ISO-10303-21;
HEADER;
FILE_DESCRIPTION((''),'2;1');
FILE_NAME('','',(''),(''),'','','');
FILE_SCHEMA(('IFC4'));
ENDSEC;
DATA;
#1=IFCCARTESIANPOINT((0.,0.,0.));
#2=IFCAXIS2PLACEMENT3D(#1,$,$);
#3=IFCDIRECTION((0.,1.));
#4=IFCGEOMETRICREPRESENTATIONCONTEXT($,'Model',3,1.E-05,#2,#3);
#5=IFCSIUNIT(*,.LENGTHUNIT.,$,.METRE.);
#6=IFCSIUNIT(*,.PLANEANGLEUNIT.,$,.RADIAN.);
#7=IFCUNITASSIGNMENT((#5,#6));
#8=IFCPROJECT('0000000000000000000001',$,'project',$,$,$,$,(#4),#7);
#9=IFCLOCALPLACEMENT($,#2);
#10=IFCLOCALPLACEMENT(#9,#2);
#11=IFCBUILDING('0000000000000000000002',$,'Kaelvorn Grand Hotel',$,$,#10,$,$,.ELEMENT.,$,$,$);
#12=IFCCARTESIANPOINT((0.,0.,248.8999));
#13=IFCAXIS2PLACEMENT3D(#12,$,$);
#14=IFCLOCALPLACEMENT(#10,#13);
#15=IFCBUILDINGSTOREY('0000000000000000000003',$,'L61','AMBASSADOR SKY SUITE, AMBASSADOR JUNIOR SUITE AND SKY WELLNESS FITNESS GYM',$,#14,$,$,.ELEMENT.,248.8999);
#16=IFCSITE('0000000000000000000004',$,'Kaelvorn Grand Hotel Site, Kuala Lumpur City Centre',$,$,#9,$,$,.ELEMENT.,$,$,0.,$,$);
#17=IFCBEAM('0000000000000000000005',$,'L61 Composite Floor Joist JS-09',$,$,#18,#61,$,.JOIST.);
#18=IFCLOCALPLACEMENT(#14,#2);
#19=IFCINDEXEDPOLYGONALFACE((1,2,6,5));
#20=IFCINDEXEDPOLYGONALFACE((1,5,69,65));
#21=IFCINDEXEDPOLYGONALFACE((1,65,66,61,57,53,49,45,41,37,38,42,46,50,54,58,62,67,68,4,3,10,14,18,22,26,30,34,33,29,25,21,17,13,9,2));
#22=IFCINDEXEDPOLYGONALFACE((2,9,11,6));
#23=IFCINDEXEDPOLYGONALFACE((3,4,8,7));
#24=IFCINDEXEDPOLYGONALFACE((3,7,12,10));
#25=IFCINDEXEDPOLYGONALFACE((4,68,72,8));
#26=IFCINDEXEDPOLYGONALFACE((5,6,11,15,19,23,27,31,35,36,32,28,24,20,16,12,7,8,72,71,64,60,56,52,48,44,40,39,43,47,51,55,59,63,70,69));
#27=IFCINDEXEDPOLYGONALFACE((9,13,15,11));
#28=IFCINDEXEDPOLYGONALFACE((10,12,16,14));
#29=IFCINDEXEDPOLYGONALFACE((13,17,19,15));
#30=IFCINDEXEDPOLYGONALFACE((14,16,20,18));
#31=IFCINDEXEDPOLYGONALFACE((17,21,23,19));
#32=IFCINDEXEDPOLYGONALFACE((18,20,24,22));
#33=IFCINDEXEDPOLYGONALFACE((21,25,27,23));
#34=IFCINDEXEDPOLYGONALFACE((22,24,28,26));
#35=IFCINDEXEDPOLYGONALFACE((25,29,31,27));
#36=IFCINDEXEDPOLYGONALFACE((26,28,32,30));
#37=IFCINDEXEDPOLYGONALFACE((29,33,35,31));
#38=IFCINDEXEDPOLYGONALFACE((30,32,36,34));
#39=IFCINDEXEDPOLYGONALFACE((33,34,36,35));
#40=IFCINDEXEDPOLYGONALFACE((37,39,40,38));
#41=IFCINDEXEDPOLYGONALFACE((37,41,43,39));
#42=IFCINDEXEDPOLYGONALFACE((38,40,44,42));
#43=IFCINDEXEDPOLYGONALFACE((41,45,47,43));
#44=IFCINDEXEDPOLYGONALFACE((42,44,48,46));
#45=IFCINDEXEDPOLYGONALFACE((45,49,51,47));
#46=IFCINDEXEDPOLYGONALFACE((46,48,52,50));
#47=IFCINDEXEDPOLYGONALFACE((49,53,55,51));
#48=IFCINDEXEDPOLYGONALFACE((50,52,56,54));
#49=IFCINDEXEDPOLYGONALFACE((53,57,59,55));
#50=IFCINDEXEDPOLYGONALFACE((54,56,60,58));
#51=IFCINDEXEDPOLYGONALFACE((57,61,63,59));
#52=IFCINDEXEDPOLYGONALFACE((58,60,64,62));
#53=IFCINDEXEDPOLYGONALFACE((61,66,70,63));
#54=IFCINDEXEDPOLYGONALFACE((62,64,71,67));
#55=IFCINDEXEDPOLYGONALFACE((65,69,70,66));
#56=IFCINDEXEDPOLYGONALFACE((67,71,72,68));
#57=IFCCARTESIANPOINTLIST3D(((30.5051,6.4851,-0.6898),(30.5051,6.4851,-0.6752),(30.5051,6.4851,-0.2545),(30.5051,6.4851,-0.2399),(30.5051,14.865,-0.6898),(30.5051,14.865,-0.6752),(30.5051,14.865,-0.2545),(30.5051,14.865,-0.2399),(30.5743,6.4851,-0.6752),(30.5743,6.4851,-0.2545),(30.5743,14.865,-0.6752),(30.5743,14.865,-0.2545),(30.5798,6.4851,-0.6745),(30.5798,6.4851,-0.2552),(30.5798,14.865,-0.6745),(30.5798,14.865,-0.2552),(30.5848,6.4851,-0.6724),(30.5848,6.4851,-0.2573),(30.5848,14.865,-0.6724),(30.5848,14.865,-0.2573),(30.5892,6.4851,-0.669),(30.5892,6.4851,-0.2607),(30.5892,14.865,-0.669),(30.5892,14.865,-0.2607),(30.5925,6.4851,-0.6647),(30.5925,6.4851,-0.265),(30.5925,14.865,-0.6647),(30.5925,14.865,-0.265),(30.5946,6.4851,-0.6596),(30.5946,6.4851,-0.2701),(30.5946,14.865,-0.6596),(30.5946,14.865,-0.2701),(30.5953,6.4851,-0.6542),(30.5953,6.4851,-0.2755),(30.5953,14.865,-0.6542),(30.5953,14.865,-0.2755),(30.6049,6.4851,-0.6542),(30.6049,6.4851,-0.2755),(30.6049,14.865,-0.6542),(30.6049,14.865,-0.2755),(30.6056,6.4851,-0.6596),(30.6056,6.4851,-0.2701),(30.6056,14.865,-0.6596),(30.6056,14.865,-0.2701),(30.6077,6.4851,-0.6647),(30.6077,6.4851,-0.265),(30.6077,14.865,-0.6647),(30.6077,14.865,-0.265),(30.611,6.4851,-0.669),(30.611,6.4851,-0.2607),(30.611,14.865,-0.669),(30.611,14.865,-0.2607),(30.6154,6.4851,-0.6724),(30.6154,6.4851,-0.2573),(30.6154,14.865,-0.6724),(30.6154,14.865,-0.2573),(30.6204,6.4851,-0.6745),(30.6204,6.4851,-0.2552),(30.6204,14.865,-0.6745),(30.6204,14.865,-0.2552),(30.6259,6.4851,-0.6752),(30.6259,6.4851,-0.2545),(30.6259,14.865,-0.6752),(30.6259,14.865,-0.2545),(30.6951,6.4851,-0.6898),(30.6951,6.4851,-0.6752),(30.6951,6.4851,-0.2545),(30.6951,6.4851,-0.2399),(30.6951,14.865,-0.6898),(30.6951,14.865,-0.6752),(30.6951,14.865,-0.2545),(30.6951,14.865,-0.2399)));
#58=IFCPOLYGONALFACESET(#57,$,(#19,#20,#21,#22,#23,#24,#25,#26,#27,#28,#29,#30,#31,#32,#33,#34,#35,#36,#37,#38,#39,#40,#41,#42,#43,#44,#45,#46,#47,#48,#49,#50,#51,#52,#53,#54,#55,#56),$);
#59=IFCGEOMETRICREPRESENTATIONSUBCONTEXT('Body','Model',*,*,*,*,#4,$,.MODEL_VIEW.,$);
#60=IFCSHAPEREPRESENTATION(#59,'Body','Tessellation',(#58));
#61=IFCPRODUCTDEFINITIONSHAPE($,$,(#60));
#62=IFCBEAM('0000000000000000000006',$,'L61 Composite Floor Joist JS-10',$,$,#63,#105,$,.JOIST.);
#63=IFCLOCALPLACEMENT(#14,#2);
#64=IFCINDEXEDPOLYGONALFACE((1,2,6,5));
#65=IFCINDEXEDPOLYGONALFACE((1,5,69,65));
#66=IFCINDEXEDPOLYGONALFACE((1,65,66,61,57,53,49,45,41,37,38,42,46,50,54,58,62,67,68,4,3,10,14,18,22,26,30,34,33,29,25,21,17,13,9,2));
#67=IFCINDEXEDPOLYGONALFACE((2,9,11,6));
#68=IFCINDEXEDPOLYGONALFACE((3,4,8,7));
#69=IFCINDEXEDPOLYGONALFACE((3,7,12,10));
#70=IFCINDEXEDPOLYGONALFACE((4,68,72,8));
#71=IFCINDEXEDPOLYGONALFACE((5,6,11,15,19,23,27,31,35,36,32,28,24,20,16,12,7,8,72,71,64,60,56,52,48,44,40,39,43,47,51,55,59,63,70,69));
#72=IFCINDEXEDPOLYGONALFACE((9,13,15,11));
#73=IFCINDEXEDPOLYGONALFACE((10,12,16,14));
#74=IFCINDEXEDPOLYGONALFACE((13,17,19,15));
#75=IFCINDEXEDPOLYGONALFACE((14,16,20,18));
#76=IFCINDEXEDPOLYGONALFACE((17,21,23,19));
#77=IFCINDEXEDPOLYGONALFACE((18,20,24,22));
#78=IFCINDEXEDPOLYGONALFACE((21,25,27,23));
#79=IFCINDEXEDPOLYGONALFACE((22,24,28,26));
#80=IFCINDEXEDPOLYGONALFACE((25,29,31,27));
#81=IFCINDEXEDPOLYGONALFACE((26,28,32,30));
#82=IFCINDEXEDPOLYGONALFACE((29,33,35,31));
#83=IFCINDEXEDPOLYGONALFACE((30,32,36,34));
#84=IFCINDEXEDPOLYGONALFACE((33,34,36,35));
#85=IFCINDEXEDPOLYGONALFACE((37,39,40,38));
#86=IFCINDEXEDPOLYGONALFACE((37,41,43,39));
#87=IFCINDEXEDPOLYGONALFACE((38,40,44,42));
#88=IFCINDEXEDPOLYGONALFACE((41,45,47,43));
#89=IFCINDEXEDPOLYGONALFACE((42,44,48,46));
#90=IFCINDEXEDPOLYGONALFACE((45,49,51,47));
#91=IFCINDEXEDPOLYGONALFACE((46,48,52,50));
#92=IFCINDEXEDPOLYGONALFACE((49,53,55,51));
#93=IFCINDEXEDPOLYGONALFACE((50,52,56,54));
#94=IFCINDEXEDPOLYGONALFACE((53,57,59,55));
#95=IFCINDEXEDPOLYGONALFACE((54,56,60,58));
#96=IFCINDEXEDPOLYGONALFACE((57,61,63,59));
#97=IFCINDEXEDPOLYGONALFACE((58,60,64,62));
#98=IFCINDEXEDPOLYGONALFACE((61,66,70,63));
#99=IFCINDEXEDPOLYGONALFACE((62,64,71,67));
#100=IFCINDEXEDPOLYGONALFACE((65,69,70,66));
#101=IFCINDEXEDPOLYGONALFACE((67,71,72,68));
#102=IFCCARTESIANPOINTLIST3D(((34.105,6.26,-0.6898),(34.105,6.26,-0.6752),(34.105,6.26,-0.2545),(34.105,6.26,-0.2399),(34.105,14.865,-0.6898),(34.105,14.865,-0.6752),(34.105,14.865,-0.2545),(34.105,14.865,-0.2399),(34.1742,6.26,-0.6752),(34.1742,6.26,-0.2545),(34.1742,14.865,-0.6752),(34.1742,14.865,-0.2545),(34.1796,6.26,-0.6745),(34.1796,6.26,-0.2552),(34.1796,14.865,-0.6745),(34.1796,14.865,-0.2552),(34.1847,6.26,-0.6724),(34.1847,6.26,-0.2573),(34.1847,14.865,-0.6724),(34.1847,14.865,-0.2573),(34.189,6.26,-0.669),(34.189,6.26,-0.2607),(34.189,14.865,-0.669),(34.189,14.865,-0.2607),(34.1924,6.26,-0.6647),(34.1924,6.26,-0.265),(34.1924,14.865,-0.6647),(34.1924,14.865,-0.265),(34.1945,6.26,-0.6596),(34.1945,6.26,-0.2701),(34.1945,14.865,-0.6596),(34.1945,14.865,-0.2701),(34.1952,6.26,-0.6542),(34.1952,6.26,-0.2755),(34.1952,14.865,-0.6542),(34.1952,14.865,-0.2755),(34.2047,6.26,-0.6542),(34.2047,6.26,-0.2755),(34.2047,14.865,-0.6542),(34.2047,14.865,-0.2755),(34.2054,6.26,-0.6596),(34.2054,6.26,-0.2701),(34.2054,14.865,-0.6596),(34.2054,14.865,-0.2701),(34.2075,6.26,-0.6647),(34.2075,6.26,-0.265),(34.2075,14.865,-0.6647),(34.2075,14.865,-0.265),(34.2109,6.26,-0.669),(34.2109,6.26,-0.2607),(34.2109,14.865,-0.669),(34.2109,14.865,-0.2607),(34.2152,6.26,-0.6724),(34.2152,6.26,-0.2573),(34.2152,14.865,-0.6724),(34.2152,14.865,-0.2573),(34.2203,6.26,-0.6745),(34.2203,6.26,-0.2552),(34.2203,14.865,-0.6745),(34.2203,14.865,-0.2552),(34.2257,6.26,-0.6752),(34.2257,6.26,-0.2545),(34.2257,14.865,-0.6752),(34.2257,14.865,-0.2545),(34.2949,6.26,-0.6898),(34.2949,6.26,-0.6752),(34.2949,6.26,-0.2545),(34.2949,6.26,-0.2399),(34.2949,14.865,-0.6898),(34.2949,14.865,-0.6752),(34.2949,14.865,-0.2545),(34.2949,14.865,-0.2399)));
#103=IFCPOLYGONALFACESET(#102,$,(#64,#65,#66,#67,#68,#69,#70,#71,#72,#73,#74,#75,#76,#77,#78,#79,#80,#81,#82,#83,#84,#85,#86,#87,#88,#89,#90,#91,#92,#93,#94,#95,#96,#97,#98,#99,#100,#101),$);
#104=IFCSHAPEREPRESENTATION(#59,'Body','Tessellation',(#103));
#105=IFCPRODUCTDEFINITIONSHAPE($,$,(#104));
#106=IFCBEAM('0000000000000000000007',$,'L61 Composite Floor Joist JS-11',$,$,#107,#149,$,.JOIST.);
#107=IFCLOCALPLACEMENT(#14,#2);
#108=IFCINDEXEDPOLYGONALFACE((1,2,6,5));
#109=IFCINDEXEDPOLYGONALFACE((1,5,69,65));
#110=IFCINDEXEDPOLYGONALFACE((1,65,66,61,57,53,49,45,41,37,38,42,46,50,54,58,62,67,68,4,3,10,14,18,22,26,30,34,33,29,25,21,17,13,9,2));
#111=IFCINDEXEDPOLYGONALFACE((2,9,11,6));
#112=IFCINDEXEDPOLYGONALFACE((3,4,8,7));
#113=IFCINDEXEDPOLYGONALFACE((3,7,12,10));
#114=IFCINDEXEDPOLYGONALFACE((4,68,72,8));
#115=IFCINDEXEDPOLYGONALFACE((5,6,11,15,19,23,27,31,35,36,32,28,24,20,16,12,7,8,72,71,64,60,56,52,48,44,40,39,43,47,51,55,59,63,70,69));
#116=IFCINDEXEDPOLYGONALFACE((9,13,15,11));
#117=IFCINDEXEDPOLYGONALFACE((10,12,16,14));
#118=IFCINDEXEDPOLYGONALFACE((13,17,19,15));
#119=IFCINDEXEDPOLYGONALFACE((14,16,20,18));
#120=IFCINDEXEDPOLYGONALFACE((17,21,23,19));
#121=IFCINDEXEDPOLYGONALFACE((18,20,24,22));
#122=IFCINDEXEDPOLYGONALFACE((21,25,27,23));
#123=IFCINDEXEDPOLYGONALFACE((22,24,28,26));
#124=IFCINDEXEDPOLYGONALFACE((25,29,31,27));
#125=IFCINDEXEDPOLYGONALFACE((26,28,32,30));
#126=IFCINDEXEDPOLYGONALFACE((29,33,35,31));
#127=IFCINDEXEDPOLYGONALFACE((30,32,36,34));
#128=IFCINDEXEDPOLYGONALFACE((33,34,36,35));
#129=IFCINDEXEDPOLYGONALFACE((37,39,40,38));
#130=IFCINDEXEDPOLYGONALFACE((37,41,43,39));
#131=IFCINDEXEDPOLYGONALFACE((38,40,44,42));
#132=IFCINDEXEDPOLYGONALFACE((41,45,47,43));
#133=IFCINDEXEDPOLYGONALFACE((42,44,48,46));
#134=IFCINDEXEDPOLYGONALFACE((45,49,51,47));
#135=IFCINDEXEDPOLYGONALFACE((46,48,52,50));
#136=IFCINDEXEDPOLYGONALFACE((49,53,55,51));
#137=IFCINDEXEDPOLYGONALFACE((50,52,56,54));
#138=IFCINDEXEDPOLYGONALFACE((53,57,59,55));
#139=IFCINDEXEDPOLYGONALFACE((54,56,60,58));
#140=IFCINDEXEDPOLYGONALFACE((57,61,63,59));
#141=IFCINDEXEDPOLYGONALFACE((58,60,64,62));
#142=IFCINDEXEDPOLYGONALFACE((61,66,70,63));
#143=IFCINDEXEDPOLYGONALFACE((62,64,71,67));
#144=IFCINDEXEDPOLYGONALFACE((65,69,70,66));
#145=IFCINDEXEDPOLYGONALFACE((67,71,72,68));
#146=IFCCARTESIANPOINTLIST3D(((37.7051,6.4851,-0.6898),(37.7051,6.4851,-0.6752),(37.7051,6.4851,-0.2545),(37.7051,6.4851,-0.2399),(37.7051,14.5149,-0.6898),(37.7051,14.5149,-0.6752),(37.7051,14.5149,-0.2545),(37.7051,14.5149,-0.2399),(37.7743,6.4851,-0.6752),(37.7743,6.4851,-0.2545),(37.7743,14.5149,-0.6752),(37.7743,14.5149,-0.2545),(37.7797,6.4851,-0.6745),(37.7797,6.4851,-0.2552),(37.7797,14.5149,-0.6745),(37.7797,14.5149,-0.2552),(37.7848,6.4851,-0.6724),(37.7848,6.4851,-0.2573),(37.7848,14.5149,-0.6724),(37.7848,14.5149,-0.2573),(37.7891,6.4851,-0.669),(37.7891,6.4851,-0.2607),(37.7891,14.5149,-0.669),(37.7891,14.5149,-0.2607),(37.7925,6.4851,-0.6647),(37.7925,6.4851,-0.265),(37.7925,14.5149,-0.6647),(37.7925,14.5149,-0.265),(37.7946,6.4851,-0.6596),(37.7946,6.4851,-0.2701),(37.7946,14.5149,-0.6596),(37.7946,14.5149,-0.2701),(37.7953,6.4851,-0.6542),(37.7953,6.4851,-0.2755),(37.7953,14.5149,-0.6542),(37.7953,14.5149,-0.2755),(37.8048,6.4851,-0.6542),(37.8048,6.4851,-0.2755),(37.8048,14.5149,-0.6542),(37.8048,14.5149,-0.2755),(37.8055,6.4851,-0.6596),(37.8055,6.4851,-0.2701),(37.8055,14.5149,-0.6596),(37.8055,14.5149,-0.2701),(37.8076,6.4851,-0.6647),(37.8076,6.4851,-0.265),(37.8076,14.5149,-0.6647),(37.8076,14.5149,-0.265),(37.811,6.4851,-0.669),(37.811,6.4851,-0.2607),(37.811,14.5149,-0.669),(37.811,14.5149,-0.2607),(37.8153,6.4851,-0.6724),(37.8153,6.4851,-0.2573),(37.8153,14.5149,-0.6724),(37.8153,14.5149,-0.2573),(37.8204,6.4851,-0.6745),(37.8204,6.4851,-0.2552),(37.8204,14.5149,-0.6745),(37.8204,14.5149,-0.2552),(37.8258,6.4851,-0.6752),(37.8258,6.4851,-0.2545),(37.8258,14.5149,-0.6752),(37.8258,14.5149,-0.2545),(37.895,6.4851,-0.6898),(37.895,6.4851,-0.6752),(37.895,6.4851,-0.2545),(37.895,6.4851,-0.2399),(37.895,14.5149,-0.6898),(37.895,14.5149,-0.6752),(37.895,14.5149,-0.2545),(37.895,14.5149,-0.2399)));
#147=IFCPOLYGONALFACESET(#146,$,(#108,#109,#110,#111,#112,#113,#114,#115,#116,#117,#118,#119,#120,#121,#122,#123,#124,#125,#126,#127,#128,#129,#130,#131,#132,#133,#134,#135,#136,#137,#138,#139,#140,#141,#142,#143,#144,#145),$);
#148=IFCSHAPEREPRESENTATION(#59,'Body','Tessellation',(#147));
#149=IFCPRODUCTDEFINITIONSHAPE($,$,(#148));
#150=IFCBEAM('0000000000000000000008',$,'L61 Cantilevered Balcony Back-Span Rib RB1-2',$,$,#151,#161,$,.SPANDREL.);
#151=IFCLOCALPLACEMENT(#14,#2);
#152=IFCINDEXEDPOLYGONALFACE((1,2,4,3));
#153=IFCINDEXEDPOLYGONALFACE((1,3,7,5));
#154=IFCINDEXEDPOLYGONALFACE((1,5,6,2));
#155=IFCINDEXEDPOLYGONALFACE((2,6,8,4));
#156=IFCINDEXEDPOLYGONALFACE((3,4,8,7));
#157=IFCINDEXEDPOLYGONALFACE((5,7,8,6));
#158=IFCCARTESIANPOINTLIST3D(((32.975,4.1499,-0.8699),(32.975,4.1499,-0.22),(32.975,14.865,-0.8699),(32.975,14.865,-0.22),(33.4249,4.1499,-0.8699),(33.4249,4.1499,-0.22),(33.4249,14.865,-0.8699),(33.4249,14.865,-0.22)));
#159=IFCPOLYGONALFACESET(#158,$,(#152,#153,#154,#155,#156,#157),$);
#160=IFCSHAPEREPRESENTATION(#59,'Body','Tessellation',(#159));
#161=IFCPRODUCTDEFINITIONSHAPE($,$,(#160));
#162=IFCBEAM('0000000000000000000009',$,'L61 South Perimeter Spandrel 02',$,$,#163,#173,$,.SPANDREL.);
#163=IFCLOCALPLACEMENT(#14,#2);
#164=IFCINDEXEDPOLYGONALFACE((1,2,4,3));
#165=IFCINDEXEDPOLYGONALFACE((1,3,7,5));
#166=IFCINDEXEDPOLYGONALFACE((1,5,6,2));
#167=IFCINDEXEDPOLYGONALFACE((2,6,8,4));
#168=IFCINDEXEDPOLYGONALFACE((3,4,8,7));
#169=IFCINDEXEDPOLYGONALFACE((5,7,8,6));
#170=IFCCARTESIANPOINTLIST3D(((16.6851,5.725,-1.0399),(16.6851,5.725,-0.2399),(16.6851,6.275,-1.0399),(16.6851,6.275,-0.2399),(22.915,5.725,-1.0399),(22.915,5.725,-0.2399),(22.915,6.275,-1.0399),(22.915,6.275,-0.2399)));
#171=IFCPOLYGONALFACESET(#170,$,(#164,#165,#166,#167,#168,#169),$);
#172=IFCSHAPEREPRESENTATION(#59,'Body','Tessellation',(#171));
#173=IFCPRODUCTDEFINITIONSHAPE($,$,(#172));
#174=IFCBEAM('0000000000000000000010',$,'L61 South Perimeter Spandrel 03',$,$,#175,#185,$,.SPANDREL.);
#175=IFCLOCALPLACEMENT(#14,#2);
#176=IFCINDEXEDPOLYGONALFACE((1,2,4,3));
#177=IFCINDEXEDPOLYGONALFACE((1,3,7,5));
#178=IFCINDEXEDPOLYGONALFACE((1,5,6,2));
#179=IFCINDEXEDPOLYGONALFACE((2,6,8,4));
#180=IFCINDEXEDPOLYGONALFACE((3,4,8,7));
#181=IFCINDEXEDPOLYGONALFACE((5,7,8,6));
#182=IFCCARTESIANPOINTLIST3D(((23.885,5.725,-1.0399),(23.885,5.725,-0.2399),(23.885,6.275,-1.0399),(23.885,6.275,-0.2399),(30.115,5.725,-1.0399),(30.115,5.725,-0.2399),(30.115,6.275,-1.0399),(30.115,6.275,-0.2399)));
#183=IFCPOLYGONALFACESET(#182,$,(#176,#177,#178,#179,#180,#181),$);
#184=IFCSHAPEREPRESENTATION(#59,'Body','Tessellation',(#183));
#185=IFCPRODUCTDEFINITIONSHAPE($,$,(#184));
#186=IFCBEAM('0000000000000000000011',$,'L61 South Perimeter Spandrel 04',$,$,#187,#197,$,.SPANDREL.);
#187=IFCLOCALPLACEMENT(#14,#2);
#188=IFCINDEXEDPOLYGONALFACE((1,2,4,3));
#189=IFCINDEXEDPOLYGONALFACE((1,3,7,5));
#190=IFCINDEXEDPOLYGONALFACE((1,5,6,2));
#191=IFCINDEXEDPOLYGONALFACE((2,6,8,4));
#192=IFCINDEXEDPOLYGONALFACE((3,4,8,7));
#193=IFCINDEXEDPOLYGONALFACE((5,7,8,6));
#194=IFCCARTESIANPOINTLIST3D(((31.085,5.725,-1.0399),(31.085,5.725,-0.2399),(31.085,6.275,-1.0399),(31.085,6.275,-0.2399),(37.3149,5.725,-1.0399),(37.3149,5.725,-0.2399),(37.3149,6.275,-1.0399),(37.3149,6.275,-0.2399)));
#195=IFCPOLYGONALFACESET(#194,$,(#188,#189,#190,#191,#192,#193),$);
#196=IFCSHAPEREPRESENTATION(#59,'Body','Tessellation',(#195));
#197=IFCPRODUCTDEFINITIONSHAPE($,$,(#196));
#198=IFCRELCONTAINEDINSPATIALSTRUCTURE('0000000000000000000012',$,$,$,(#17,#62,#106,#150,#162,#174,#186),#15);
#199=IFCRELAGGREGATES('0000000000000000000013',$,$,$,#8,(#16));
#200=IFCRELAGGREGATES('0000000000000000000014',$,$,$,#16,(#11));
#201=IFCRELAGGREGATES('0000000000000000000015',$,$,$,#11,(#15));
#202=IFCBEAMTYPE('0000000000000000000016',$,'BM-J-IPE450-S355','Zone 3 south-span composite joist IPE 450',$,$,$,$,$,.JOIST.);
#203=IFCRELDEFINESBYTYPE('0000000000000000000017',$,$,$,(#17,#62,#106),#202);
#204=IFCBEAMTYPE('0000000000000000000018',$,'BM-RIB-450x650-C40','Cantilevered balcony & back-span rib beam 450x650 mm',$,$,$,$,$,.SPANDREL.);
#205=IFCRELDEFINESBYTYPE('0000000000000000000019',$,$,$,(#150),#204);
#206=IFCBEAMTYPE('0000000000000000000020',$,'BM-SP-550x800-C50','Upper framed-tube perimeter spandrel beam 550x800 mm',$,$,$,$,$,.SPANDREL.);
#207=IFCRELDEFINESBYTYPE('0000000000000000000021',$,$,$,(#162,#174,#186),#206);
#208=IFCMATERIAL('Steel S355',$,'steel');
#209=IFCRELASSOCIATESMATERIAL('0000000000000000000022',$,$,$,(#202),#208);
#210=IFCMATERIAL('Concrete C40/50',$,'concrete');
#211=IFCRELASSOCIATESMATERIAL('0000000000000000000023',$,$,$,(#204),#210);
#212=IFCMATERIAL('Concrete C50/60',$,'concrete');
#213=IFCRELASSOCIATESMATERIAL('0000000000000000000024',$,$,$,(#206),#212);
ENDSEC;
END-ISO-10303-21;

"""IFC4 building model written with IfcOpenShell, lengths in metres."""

from ifc_helpers import new_model, si_unit, direction, frame, origin, origin_2d, place, context, subcontext, project, spatial, rectangle, i_section, extrude, material, material_profile, profile_set, type_object, element, save


model = new_model("IFC4")

# Units and contexts
model_context = context("Model", 3, precision=1e-05, world=origin(), true_north=direction((0.0, 1.0)))
body_context = subcontext(model_context, "Body", "Model", "MODEL_VIEW")
ifc_project = project(units=[si_unit("LENGTHUNIT", "METRE"), si_unit("PLANEANGLEUNIT", "RADIAN")], contexts=[model_context])

# Site, building, storey
site_placement = place(None, origin())
site = spatial("IfcSite", under=ifc_project, at=site_placement, Name="Kaelvorn Grand Hotel Site, Kuala Lumpur City Centre", CompositionType="ELEMENT", RefElevation=0.0)
building_placement = place(site_placement, origin())
building = spatial("IfcBuilding", under=site, at=building_placement, Name="Kaelvorn Grand Hotel", CompositionType="ELEMENT")
storey_placement = place(building_placement, frame((0.0, 0.0, 248.8999)))
storey = spatial("IfcBuildingStorey", under=building, at=storey_placement, Name="L61", Description="AMBASSADOR SKY SUITE, AMBASSADOR JUNIOR SUITE AND SKY WELLNESS FITNESS GYM", CompositionType="ELEMENT", Elevation=248.8999)

# Shared definitions
ifc_material_1 = material(Name="Concrete C50/60", Category="concrete")

# Beams
ifc_material_2 = material(Name="Steel S355", Category="steel")
ifc_material_profile_1 = material_profile(ifc_material_2, i_section(OverallWidth=0.1899, OverallDepth=0.45, WebThickness=0.0095, FlangeThickness=0.0146, FilletRadius=0.021, at=origin_2d()), Name="IPE 450")
ifc_profile_set_1 = profile_set([ifc_material_profile_1], Name="Steel S355")
beam_type_1 = type_object("IfcBeamType", Name="BM-J-IPE450-S355", Description="Zone 3 south-span composite joist IPE 450", PredefinedType="JOIST", material=ifc_profile_set_1)
beam_1_placement = place(storey_placement, frame((30.6001, 6.4851, -0.4648), z_axis=(0.0, 1.0, 0.0), x_axis=(-1.0, 0.0, 0.0)))
element("IfcBeam", 1, at=beam_1_placement, inside=storey, type_object=beam_type_1, Name="L61 Composite Floor Joist JS-09", PredefinedType="JOIST", context=body_context, shape_type="SweptSolid", body=[
    extrude(i_section(OverallWidth=0.1899, OverallDepth=0.45, WebThickness=0.0095, FlangeThickness=0.0146, FilletRadius=0.021, at=origin_2d()), origin(), (0.0, 0.0, 1.0), 8.3799),
])
beam_2_placement = place(storey_placement, frame((34.2, 6.26, -0.4648), z_axis=(0.0, 1.0, 0.0), x_axis=(-1.0, 0.0, 0.0)))
element("IfcBeam", 2, at=beam_2_placement, inside=storey, type_object=beam_type_1, Name="L61 Composite Floor Joist JS-10", PredefinedType="JOIST", context=body_context, shape_type="SweptSolid", body=[
    extrude(i_section(OverallWidth=0.1899, OverallDepth=0.45, WebThickness=0.0095, FlangeThickness=0.0146, FilletRadius=0.021, at=origin_2d()), origin(), (0.0, 0.0, 1.0), 8.605),
])
beam_3_placement = place(storey_placement, frame((37.8, 6.4851, -0.4648), z_axis=(0.0, 1.0, 0.0), x_axis=(-1.0, 0.0, 0.0)))
element("IfcBeam", 3, at=beam_3_placement, inside=storey, type_object=beam_type_1, Name="L61 Composite Floor Joist JS-11", PredefinedType="JOIST", context=body_context, shape_type="SweptSolid", body=[
    extrude(i_section(OverallWidth=0.1899, OverallDepth=0.45, WebThickness=0.0095, FlangeThickness=0.0146, FilletRadius=0.021, at=origin_2d()), origin(), (0.0, 0.0, 1.0), 8.0298),
])
ifc_material_3 = material(Name="Concrete C40/50", Category="concrete")
ifc_material_profile_2 = material_profile(ifc_material_3, rectangle(XDim=0.45, YDim=0.6499, at=origin_2d()), Name="RC RIB 450x650")
ifc_profile_set_2 = profile_set([ifc_material_profile_2], Name="Concrete C40/50")
beam_type_2 = type_object("IfcBeamType", Name="BM-RIB-450x650-C40", Description="Cantilevered balcony & back-span rib beam 450x650 mm", PredefinedType="SPANDREL", material=ifc_profile_set_2)
beam_4_placement = place(storey_placement, frame((33.2, 4.1499, -0.5449), z_axis=(0.0, 1.0, 0.0), x_axis=(-1.0, 0.0, 0.0)))
element("IfcBeam", 4, at=beam_4_placement, inside=storey, type_object=beam_type_2, Name="L61 Cantilevered Balcony Back-Span Rib RB1-2", PredefinedType="SPANDREL", context=body_context, shape_type="SweptSolid", body=[
    extrude(rectangle(XDim=0.45, YDim=0.6499, at=origin_2d()), origin(), (0.0, 0.0, 1.0), 10.7151),
])
ifc_material_profile_3 = material_profile(ifc_material_1, rectangle(XDim=0.55, YDim=0.8, at=origin_2d()), Name="RC SPANDREL 550x800")
ifc_profile_set_3 = profile_set([ifc_material_profile_3], Name="Concrete C50/60")
beam_type_3 = type_object("IfcBeamType", Name="BM-SP-550x800-C50", Description="Upper framed-tube perimeter spandrel beam 550x800 mm", PredefinedType="SPANDREL", material=ifc_profile_set_3)
for number, where, z_axis, x_axis, name in (
    (5, (16.6851, 6.0, -0.6399), (1.0, 0.0, 0.0), (0.0, 1.0, 0.0), "L61 South Perimeter Spandrel 02"),
    (6, (23.885, 6.0, -0.6399), (1.0, 0.0, 0.0), (0.0, 1.0, 0.0), "L61 South Perimeter Spandrel 03"),
    (7, (31.085, 6.0, -0.6399), (1.0, 0.0, 0.0), (0.0, 1.0, 0.0), "L61 South Perimeter Spandrel 04"),
):
    element("IfcBeam", number, at=place(storey_placement, frame(where, z_axis=z_axis, x_axis=x_axis)), inside=storey, type_object=beam_type_3, Name=name, PredefinedType="SPANDREL", context=body_context, shape_type="SweptSolid", body=[
        extrude(rectangle(XDim=0.55, YDim=0.8, at=origin_2d()), origin(), (0.0, 0.0, 1.0), 6.23),
    ])

save(model, "model.ifc")
